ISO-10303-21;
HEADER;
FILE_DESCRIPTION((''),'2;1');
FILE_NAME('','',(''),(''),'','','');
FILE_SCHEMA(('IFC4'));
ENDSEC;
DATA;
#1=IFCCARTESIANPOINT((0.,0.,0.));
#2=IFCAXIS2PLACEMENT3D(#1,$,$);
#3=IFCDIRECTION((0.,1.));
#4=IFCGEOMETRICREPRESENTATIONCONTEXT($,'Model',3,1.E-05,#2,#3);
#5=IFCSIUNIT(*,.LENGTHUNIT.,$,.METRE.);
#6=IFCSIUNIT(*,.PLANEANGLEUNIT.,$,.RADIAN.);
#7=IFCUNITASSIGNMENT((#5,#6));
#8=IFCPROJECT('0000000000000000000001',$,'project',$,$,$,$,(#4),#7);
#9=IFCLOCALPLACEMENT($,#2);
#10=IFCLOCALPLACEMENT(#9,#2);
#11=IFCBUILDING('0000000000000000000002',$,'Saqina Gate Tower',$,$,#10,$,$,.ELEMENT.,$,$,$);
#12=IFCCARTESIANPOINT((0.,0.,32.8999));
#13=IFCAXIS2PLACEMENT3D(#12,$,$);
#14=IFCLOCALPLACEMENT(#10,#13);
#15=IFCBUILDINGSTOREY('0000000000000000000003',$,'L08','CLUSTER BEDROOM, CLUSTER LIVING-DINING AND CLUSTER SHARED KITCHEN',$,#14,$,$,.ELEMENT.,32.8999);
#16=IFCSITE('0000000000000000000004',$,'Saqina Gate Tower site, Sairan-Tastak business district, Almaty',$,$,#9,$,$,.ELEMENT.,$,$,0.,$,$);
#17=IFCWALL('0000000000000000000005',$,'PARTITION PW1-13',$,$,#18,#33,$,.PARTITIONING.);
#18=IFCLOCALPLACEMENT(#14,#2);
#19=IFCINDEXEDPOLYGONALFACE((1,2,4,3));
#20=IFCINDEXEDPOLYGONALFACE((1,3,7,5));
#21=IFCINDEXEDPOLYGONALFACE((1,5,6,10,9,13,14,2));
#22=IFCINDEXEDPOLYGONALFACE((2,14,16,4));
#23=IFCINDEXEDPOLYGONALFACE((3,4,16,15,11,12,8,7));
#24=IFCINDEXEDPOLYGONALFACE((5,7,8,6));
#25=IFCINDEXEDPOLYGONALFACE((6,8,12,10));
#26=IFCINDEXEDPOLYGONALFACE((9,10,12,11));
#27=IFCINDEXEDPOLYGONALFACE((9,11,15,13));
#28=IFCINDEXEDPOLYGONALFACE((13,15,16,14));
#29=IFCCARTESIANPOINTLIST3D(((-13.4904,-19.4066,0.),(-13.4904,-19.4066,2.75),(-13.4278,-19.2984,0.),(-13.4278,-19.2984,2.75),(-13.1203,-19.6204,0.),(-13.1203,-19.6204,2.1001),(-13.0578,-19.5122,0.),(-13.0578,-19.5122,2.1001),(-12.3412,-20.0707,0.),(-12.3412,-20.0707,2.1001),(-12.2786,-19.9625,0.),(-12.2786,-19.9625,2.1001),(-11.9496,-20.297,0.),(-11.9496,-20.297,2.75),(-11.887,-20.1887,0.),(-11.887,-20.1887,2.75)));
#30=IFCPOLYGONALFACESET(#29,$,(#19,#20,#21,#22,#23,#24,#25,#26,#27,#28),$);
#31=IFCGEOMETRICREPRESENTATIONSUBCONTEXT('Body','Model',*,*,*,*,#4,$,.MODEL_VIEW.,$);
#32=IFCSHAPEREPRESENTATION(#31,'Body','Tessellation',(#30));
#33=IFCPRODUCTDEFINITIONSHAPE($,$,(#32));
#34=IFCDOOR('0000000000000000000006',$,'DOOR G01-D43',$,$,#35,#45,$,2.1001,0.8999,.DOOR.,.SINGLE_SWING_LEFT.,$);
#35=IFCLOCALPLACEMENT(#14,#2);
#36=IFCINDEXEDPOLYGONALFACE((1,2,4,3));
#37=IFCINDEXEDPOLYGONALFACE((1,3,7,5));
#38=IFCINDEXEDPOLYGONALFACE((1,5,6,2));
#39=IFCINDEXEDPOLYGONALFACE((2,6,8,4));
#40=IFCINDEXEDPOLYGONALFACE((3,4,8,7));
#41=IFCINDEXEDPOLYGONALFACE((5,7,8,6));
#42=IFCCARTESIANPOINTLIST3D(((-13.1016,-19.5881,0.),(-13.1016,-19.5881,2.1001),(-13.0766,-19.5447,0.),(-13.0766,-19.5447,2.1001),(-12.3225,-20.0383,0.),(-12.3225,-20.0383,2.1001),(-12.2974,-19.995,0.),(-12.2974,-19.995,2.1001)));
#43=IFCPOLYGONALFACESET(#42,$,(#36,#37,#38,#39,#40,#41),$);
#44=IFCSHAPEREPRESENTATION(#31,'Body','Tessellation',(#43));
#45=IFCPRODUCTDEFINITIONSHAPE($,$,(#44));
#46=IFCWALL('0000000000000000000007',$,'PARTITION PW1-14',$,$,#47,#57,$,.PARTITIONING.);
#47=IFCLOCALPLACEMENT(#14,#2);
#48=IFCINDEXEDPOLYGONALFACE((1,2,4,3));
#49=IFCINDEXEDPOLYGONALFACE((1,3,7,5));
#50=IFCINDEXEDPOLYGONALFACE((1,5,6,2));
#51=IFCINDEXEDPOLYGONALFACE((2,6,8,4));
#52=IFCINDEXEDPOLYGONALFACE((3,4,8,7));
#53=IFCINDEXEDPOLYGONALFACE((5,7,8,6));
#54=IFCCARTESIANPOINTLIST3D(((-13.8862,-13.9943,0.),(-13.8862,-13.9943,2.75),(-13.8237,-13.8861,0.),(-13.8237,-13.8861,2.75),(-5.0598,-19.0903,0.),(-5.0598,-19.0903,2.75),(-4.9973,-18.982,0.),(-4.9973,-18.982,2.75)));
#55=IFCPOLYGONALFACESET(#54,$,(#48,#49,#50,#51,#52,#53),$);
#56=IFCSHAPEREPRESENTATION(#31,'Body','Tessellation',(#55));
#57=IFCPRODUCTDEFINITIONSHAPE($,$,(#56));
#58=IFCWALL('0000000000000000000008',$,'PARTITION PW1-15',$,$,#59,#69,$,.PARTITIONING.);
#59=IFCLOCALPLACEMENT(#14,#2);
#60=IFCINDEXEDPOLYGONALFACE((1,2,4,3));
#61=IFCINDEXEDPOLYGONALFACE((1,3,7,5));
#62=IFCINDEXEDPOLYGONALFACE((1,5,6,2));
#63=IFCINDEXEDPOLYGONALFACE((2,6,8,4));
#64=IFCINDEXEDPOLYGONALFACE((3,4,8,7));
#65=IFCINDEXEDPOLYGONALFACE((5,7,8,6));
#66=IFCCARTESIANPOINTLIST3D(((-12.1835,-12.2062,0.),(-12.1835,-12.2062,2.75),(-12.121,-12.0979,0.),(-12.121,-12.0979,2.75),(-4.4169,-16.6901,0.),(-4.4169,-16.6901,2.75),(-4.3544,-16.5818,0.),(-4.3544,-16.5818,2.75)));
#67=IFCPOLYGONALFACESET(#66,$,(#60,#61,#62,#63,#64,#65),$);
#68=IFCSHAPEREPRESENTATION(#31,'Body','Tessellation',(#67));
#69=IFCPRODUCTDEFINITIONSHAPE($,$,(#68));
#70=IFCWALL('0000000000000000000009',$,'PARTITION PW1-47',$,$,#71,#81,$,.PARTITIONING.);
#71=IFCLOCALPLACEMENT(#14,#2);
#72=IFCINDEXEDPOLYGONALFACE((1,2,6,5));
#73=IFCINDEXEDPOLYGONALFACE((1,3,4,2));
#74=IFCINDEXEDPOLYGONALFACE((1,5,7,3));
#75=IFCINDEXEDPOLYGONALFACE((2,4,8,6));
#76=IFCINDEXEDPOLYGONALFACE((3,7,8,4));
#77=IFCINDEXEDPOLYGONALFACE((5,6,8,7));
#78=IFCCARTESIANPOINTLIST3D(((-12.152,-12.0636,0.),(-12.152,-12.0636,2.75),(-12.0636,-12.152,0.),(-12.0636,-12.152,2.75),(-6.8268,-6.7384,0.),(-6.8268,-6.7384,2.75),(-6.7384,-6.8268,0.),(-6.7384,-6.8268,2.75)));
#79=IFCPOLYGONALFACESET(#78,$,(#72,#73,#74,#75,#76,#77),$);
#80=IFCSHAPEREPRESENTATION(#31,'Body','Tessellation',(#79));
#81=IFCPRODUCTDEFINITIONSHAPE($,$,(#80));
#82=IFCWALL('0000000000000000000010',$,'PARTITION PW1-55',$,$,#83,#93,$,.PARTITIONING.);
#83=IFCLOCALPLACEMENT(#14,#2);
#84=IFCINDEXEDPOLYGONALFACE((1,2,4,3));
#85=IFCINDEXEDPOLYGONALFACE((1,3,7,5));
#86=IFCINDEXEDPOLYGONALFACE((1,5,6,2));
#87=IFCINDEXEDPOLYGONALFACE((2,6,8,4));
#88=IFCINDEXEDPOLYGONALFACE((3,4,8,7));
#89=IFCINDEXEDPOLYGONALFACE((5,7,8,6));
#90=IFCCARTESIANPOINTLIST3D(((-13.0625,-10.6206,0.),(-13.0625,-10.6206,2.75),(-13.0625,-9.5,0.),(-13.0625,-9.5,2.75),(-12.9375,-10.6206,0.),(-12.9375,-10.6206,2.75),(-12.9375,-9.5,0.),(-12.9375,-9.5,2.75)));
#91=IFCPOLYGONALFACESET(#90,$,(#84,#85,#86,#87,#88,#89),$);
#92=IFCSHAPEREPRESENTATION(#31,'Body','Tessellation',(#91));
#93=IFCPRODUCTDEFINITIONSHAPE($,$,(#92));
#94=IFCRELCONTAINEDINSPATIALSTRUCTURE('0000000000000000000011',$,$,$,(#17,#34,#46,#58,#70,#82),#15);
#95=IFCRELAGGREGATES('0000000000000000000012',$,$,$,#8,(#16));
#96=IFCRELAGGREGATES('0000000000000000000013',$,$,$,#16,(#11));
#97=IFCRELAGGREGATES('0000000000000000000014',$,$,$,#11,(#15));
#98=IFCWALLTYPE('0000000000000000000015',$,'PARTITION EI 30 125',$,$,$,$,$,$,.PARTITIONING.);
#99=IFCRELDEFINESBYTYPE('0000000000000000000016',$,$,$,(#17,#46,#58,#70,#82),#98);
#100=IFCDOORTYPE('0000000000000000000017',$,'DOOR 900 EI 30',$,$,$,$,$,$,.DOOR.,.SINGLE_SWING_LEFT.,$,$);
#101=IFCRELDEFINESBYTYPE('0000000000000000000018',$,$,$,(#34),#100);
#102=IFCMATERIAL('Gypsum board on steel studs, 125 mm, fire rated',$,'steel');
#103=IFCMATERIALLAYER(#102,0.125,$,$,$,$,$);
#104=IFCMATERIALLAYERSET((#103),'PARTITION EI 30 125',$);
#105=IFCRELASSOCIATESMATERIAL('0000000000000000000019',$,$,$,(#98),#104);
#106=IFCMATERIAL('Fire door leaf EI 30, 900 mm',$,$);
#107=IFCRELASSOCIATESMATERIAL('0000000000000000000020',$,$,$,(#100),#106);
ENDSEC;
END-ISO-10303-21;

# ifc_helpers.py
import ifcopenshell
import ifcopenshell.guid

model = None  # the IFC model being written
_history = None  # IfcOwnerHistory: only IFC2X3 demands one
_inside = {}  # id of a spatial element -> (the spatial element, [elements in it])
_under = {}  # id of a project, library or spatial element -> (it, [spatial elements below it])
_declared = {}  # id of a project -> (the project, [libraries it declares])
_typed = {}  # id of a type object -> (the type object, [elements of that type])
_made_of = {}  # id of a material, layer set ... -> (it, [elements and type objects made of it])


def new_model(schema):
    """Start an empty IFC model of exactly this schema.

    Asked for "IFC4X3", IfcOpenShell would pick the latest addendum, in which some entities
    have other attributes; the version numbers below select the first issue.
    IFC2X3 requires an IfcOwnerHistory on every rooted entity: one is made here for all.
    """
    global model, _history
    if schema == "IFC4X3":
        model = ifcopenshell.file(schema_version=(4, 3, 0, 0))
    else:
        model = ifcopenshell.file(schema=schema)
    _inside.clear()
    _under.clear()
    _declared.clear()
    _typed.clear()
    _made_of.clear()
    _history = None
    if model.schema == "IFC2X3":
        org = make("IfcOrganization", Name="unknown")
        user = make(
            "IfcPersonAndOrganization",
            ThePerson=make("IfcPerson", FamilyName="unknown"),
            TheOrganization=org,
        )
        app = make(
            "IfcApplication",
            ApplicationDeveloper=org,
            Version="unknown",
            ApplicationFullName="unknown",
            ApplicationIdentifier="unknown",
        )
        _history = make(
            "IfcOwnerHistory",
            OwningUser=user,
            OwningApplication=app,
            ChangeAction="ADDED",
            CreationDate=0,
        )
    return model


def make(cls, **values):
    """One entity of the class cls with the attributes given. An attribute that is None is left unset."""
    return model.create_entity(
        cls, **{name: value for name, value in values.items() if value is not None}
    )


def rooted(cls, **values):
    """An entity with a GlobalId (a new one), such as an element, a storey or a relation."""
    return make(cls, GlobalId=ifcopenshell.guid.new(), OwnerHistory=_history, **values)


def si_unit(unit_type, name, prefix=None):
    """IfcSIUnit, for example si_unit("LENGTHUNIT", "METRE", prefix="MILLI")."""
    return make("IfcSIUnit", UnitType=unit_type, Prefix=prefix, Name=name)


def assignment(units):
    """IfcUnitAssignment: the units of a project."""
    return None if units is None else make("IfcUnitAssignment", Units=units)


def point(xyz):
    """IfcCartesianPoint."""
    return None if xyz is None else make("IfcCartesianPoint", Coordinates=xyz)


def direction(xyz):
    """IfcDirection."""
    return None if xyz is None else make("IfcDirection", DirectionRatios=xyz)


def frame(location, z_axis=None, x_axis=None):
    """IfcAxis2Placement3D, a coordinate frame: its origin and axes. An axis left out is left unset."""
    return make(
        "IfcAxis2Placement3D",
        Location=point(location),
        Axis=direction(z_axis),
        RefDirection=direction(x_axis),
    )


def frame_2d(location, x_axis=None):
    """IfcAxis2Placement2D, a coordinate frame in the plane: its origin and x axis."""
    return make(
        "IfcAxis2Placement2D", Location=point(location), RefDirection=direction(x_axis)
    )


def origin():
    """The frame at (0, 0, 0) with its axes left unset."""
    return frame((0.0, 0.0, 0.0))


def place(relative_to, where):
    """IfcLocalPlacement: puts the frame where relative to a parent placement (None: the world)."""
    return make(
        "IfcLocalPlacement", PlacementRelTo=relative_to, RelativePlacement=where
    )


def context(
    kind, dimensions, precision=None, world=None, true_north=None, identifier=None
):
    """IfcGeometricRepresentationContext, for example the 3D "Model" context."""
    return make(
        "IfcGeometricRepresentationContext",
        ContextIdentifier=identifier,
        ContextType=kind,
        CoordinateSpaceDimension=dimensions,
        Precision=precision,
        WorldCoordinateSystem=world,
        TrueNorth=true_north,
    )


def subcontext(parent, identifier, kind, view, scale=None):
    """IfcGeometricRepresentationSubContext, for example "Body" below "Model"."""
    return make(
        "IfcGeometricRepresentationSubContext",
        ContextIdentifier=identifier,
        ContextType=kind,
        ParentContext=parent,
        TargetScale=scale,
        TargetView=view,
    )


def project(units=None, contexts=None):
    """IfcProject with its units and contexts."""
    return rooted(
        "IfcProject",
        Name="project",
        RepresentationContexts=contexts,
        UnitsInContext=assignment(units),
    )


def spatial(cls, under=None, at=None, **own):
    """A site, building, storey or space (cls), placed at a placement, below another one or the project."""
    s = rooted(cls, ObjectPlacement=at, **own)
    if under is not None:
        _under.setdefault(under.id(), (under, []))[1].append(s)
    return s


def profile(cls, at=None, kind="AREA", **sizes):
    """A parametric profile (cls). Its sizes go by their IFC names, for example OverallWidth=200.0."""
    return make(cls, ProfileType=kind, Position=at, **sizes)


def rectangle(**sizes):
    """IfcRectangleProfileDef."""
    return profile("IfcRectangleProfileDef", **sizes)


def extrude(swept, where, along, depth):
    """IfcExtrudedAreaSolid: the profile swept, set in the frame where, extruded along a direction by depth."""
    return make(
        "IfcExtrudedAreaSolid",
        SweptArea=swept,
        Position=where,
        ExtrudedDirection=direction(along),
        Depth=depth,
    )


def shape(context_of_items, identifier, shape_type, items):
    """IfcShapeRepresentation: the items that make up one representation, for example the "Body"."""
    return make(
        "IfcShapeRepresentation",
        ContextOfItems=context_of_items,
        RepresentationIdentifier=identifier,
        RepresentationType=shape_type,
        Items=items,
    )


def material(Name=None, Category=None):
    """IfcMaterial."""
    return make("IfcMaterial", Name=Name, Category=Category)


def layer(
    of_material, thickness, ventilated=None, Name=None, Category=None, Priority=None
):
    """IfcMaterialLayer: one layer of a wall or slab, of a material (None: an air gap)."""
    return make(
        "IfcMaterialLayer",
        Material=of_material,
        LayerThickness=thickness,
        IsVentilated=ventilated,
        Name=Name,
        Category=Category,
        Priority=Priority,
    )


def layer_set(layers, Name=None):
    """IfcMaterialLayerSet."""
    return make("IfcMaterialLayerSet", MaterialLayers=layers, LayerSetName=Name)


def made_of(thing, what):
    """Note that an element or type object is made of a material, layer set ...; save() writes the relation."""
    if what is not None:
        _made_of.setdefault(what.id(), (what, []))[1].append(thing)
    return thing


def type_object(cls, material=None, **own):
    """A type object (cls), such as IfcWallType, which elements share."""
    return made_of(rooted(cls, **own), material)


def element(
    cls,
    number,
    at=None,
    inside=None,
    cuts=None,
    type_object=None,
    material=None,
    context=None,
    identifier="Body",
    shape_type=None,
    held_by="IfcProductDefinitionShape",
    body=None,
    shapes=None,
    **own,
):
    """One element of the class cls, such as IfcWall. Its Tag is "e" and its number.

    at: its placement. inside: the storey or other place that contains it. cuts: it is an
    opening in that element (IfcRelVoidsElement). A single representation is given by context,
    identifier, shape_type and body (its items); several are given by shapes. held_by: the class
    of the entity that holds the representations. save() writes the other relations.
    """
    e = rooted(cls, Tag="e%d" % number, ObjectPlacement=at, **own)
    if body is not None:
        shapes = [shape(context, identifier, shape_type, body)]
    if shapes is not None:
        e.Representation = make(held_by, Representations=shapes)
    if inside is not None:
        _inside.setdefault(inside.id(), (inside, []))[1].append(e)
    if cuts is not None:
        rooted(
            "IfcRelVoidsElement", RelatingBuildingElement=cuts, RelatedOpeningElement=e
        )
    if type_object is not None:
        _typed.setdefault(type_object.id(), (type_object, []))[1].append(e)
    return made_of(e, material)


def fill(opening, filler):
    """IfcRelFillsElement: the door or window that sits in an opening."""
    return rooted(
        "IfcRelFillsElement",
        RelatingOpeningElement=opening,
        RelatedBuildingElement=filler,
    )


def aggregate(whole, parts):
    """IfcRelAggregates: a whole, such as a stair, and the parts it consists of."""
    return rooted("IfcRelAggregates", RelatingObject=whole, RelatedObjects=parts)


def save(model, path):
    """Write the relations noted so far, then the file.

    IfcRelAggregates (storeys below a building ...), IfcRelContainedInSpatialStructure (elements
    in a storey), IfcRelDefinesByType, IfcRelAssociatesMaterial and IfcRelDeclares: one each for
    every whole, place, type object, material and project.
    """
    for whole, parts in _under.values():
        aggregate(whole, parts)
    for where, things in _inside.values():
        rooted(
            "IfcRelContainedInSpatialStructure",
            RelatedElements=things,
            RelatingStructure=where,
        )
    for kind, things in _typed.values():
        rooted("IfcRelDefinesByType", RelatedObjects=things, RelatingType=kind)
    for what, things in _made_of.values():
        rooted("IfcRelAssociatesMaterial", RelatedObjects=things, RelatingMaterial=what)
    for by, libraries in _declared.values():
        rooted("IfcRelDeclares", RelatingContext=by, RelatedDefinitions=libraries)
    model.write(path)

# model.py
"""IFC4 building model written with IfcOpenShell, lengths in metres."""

from ifc_helpers import new_model, si_unit, direction, frame, frame_2d, origin, place, context, subcontext, project, spatial, rectangle, extrude, material, layer, layer_set, type_object, element, fill, save


model = new_model("IFC4")

# Units and contexts
model_context = context("Model", 3, precision=1e-05, world=origin(), true_north=direction((0.0, 1.0)))
body_context = subcontext(model_context, "Body", "Model", "MODEL_VIEW")
ifc_project = project(units=[si_unit("LENGTHUNIT", "METRE"), si_unit("PLANEANGLEUNIT", "RADIAN")], contexts=[model_context])

# Site, building, storey
site_placement = place(None, origin())
site = spatial("IfcSite", under=ifc_project, at=site_placement, Name="Saqina Gate Tower site, Sairan-Tastak business district, Almaty", CompositionType="ELEMENT", RefElevation=0.0)
building_placement = place(site_placement, origin())
building = spatial("IfcBuilding", under=site, at=building_placement, Name="Saqina Gate Tower", CompositionType="ELEMENT")
storey_placement = place(building_placement, frame((0.0, 0.0, 32.8999)))
storey = spatial("IfcBuildingStorey", under=building, at=storey_placement, Name="L08", Description="CLUSTER BEDROOM, CLUSTER LIVING-DINING AND CLUSTER SHARED KITCHEN", CompositionType="ELEMENT", Elevation=32.8999)

# Wall, opening, door
ifc_material_1 = material(Name="Gypsum board on steel studs, 125 mm, fire rated", Category="steel")
ifc_layer_1 = layer(ifc_material_1, 0.125)
ifc_layer_set_1 = layer_set([ifc_layer_1], Name="PARTITION EI 30 125")
wall_type_1 = type_object("IfcWallType", Name="PARTITION EI 30 125", PredefinedType="PARTITIONING", material=ifc_layer_set_1)
wall_1_placement = place(storey_placement, frame((-13.459, -19.3525, 0.0), z_axis=(0.0, 0.0, 1.0), x_axis=(0.865827, -0.500344, 0.0)))
wall_1 = element("IfcWall", 1, at=wall_1_placement, inside=storey, type_object=wall_type_1, Name="PARTITION PW1-13", PredefinedType="PARTITIONING", context=body_context, shape_type="SweptSolid", body=[
    extrude(rectangle(XDim=1.7795, YDim=0.125, at=frame_2d((0.8896, 0.0))), origin(), (0.0, 0.0, 1.0), 2.75),
])
opening_1_placement = place(wall_1_placement, frame((0.4272, 0.0, 0.0)))
opening_1 = element("IfcOpeningElement", 2, at=opening_1_placement, cuts=wall_1, PredefinedType="OPENING", context=body_context, shape_type="SweptSolid", body=[
    extrude(rectangle(XDim=0.8999, YDim=2.1001, at=frame_2d((0.45, 1.05))), frame((0.0, 0.0745, 0.0), z_axis=(0.0, -1.0, 0.0), x_axis=(1.0, 0.0, 0.0)), (0.0, 0.0, 1.0), 0.1489),
])
ifc_material_2 = material(Name="Fire door leaf EI 30, 900 mm")
door_type_1 = type_object("IfcDoorType", Name="DOOR 900 EI 30", OperationType="SINGLE_SWING_LEFT", PredefinedType="DOOR", material=ifc_material_2)
door_1_placement = place(opening_1_placement, origin())
door_1 = element("IfcDoor", 3, at=door_1_placement, inside=storey, type_object=door_type_1, Name="DOOR G01-D43", OperationType="SINGLE_SWING_LEFT", OverallHeight=2.1001, OverallWidth=0.8999, PredefinedType="DOOR", context=body_context, shape_type="SweptSolid", body=[
    extrude(rectangle(XDim=0.8999, YDim=2.1001, at=frame_2d((0.45, 1.05))), frame((0.0, 0.0249, 0.0), z_axis=(0.0, -1.0, 0.0), x_axis=(1.0, 0.0, 0.0)), (0.0, 0.0, 1.0), 0.05),
])
fill(opening_1, door_1)

# Walls
wall_2_placement = place(storey_placement, frame((-13.855, -13.9402, 0.0), z_axis=(0.0, 0.0, 1.0), x_axis=(0.866025, -0.500001, 0.0)))
element("IfcWall", 4, at=wall_2_placement, inside=storey, type_object=wall_type_1, Name="PARTITION PW1-14", PredefinedType="PARTITIONING", context=body_context, shape_type="SweptSolid", body=[
    extrude(rectangle(XDim=10.1919, YDim=0.125, at=frame_2d((5.0959, 0.0))), origin(), (0.0, 0.0, 1.0), 2.75),
])
wall_3_placement = place(storey_placement, frame((-12.1521, -12.1521, 0.0), z_axis=(0.0, 0.0, 1.0), x_axis=(0.866033, -0.499986, 0.0)))
element("IfcWall", 5, at=wall_3_placement, inside=storey, type_object=wall_type_1, Name="PARTITION PW1-15", PredefinedType="PARTITIONING", context=body_context, shape_type="SweptSolid", body=[
    extrude(rectangle(XDim=8.968, YDim=0.125, at=frame_2d((4.4839, 0.0))), origin(), (0.0, 0.0, 1.0), 2.75),
])
wall_4_placement = place(storey_placement, frame((-12.1079, -12.1079, 0.0), z_axis=(0.0, 0.0, 1.0), x_axis=(0.707107, 0.707107, 0.0)))
element("IfcWall", 6, at=wall_4_placement, inside=storey, type_object=wall_type_1, Name="PARTITION PW1-47", PredefinedType="PARTITIONING", context=body_context, shape_type="SweptSolid", body=[
    extrude(rectangle(XDim=7.531, YDim=0.125, at=frame_2d((3.7656, 0.0))), origin(), (0.0, 0.0, 1.0), 2.75),
])
wall_5_placement = place(storey_placement, frame((-13.0, -10.6206, 0.0), z_axis=(0.0, 0.0, 1.0), x_axis=(0.0, 1.0, 0.0)))
element("IfcWall", 7, at=wall_5_placement, inside=storey, type_object=wall_type_1, Name="PARTITION PW1-55", PredefinedType="PARTITIONING", context=body_context, shape_type="SweptSolid", body=[
    extrude(rectangle(XDim=1.1206, YDim=0.125, at=frame_2d((0.5603, 0.0))), origin(), (0.0, 0.0, 1.0), 2.75),
])

save(model, "model.ifc")
